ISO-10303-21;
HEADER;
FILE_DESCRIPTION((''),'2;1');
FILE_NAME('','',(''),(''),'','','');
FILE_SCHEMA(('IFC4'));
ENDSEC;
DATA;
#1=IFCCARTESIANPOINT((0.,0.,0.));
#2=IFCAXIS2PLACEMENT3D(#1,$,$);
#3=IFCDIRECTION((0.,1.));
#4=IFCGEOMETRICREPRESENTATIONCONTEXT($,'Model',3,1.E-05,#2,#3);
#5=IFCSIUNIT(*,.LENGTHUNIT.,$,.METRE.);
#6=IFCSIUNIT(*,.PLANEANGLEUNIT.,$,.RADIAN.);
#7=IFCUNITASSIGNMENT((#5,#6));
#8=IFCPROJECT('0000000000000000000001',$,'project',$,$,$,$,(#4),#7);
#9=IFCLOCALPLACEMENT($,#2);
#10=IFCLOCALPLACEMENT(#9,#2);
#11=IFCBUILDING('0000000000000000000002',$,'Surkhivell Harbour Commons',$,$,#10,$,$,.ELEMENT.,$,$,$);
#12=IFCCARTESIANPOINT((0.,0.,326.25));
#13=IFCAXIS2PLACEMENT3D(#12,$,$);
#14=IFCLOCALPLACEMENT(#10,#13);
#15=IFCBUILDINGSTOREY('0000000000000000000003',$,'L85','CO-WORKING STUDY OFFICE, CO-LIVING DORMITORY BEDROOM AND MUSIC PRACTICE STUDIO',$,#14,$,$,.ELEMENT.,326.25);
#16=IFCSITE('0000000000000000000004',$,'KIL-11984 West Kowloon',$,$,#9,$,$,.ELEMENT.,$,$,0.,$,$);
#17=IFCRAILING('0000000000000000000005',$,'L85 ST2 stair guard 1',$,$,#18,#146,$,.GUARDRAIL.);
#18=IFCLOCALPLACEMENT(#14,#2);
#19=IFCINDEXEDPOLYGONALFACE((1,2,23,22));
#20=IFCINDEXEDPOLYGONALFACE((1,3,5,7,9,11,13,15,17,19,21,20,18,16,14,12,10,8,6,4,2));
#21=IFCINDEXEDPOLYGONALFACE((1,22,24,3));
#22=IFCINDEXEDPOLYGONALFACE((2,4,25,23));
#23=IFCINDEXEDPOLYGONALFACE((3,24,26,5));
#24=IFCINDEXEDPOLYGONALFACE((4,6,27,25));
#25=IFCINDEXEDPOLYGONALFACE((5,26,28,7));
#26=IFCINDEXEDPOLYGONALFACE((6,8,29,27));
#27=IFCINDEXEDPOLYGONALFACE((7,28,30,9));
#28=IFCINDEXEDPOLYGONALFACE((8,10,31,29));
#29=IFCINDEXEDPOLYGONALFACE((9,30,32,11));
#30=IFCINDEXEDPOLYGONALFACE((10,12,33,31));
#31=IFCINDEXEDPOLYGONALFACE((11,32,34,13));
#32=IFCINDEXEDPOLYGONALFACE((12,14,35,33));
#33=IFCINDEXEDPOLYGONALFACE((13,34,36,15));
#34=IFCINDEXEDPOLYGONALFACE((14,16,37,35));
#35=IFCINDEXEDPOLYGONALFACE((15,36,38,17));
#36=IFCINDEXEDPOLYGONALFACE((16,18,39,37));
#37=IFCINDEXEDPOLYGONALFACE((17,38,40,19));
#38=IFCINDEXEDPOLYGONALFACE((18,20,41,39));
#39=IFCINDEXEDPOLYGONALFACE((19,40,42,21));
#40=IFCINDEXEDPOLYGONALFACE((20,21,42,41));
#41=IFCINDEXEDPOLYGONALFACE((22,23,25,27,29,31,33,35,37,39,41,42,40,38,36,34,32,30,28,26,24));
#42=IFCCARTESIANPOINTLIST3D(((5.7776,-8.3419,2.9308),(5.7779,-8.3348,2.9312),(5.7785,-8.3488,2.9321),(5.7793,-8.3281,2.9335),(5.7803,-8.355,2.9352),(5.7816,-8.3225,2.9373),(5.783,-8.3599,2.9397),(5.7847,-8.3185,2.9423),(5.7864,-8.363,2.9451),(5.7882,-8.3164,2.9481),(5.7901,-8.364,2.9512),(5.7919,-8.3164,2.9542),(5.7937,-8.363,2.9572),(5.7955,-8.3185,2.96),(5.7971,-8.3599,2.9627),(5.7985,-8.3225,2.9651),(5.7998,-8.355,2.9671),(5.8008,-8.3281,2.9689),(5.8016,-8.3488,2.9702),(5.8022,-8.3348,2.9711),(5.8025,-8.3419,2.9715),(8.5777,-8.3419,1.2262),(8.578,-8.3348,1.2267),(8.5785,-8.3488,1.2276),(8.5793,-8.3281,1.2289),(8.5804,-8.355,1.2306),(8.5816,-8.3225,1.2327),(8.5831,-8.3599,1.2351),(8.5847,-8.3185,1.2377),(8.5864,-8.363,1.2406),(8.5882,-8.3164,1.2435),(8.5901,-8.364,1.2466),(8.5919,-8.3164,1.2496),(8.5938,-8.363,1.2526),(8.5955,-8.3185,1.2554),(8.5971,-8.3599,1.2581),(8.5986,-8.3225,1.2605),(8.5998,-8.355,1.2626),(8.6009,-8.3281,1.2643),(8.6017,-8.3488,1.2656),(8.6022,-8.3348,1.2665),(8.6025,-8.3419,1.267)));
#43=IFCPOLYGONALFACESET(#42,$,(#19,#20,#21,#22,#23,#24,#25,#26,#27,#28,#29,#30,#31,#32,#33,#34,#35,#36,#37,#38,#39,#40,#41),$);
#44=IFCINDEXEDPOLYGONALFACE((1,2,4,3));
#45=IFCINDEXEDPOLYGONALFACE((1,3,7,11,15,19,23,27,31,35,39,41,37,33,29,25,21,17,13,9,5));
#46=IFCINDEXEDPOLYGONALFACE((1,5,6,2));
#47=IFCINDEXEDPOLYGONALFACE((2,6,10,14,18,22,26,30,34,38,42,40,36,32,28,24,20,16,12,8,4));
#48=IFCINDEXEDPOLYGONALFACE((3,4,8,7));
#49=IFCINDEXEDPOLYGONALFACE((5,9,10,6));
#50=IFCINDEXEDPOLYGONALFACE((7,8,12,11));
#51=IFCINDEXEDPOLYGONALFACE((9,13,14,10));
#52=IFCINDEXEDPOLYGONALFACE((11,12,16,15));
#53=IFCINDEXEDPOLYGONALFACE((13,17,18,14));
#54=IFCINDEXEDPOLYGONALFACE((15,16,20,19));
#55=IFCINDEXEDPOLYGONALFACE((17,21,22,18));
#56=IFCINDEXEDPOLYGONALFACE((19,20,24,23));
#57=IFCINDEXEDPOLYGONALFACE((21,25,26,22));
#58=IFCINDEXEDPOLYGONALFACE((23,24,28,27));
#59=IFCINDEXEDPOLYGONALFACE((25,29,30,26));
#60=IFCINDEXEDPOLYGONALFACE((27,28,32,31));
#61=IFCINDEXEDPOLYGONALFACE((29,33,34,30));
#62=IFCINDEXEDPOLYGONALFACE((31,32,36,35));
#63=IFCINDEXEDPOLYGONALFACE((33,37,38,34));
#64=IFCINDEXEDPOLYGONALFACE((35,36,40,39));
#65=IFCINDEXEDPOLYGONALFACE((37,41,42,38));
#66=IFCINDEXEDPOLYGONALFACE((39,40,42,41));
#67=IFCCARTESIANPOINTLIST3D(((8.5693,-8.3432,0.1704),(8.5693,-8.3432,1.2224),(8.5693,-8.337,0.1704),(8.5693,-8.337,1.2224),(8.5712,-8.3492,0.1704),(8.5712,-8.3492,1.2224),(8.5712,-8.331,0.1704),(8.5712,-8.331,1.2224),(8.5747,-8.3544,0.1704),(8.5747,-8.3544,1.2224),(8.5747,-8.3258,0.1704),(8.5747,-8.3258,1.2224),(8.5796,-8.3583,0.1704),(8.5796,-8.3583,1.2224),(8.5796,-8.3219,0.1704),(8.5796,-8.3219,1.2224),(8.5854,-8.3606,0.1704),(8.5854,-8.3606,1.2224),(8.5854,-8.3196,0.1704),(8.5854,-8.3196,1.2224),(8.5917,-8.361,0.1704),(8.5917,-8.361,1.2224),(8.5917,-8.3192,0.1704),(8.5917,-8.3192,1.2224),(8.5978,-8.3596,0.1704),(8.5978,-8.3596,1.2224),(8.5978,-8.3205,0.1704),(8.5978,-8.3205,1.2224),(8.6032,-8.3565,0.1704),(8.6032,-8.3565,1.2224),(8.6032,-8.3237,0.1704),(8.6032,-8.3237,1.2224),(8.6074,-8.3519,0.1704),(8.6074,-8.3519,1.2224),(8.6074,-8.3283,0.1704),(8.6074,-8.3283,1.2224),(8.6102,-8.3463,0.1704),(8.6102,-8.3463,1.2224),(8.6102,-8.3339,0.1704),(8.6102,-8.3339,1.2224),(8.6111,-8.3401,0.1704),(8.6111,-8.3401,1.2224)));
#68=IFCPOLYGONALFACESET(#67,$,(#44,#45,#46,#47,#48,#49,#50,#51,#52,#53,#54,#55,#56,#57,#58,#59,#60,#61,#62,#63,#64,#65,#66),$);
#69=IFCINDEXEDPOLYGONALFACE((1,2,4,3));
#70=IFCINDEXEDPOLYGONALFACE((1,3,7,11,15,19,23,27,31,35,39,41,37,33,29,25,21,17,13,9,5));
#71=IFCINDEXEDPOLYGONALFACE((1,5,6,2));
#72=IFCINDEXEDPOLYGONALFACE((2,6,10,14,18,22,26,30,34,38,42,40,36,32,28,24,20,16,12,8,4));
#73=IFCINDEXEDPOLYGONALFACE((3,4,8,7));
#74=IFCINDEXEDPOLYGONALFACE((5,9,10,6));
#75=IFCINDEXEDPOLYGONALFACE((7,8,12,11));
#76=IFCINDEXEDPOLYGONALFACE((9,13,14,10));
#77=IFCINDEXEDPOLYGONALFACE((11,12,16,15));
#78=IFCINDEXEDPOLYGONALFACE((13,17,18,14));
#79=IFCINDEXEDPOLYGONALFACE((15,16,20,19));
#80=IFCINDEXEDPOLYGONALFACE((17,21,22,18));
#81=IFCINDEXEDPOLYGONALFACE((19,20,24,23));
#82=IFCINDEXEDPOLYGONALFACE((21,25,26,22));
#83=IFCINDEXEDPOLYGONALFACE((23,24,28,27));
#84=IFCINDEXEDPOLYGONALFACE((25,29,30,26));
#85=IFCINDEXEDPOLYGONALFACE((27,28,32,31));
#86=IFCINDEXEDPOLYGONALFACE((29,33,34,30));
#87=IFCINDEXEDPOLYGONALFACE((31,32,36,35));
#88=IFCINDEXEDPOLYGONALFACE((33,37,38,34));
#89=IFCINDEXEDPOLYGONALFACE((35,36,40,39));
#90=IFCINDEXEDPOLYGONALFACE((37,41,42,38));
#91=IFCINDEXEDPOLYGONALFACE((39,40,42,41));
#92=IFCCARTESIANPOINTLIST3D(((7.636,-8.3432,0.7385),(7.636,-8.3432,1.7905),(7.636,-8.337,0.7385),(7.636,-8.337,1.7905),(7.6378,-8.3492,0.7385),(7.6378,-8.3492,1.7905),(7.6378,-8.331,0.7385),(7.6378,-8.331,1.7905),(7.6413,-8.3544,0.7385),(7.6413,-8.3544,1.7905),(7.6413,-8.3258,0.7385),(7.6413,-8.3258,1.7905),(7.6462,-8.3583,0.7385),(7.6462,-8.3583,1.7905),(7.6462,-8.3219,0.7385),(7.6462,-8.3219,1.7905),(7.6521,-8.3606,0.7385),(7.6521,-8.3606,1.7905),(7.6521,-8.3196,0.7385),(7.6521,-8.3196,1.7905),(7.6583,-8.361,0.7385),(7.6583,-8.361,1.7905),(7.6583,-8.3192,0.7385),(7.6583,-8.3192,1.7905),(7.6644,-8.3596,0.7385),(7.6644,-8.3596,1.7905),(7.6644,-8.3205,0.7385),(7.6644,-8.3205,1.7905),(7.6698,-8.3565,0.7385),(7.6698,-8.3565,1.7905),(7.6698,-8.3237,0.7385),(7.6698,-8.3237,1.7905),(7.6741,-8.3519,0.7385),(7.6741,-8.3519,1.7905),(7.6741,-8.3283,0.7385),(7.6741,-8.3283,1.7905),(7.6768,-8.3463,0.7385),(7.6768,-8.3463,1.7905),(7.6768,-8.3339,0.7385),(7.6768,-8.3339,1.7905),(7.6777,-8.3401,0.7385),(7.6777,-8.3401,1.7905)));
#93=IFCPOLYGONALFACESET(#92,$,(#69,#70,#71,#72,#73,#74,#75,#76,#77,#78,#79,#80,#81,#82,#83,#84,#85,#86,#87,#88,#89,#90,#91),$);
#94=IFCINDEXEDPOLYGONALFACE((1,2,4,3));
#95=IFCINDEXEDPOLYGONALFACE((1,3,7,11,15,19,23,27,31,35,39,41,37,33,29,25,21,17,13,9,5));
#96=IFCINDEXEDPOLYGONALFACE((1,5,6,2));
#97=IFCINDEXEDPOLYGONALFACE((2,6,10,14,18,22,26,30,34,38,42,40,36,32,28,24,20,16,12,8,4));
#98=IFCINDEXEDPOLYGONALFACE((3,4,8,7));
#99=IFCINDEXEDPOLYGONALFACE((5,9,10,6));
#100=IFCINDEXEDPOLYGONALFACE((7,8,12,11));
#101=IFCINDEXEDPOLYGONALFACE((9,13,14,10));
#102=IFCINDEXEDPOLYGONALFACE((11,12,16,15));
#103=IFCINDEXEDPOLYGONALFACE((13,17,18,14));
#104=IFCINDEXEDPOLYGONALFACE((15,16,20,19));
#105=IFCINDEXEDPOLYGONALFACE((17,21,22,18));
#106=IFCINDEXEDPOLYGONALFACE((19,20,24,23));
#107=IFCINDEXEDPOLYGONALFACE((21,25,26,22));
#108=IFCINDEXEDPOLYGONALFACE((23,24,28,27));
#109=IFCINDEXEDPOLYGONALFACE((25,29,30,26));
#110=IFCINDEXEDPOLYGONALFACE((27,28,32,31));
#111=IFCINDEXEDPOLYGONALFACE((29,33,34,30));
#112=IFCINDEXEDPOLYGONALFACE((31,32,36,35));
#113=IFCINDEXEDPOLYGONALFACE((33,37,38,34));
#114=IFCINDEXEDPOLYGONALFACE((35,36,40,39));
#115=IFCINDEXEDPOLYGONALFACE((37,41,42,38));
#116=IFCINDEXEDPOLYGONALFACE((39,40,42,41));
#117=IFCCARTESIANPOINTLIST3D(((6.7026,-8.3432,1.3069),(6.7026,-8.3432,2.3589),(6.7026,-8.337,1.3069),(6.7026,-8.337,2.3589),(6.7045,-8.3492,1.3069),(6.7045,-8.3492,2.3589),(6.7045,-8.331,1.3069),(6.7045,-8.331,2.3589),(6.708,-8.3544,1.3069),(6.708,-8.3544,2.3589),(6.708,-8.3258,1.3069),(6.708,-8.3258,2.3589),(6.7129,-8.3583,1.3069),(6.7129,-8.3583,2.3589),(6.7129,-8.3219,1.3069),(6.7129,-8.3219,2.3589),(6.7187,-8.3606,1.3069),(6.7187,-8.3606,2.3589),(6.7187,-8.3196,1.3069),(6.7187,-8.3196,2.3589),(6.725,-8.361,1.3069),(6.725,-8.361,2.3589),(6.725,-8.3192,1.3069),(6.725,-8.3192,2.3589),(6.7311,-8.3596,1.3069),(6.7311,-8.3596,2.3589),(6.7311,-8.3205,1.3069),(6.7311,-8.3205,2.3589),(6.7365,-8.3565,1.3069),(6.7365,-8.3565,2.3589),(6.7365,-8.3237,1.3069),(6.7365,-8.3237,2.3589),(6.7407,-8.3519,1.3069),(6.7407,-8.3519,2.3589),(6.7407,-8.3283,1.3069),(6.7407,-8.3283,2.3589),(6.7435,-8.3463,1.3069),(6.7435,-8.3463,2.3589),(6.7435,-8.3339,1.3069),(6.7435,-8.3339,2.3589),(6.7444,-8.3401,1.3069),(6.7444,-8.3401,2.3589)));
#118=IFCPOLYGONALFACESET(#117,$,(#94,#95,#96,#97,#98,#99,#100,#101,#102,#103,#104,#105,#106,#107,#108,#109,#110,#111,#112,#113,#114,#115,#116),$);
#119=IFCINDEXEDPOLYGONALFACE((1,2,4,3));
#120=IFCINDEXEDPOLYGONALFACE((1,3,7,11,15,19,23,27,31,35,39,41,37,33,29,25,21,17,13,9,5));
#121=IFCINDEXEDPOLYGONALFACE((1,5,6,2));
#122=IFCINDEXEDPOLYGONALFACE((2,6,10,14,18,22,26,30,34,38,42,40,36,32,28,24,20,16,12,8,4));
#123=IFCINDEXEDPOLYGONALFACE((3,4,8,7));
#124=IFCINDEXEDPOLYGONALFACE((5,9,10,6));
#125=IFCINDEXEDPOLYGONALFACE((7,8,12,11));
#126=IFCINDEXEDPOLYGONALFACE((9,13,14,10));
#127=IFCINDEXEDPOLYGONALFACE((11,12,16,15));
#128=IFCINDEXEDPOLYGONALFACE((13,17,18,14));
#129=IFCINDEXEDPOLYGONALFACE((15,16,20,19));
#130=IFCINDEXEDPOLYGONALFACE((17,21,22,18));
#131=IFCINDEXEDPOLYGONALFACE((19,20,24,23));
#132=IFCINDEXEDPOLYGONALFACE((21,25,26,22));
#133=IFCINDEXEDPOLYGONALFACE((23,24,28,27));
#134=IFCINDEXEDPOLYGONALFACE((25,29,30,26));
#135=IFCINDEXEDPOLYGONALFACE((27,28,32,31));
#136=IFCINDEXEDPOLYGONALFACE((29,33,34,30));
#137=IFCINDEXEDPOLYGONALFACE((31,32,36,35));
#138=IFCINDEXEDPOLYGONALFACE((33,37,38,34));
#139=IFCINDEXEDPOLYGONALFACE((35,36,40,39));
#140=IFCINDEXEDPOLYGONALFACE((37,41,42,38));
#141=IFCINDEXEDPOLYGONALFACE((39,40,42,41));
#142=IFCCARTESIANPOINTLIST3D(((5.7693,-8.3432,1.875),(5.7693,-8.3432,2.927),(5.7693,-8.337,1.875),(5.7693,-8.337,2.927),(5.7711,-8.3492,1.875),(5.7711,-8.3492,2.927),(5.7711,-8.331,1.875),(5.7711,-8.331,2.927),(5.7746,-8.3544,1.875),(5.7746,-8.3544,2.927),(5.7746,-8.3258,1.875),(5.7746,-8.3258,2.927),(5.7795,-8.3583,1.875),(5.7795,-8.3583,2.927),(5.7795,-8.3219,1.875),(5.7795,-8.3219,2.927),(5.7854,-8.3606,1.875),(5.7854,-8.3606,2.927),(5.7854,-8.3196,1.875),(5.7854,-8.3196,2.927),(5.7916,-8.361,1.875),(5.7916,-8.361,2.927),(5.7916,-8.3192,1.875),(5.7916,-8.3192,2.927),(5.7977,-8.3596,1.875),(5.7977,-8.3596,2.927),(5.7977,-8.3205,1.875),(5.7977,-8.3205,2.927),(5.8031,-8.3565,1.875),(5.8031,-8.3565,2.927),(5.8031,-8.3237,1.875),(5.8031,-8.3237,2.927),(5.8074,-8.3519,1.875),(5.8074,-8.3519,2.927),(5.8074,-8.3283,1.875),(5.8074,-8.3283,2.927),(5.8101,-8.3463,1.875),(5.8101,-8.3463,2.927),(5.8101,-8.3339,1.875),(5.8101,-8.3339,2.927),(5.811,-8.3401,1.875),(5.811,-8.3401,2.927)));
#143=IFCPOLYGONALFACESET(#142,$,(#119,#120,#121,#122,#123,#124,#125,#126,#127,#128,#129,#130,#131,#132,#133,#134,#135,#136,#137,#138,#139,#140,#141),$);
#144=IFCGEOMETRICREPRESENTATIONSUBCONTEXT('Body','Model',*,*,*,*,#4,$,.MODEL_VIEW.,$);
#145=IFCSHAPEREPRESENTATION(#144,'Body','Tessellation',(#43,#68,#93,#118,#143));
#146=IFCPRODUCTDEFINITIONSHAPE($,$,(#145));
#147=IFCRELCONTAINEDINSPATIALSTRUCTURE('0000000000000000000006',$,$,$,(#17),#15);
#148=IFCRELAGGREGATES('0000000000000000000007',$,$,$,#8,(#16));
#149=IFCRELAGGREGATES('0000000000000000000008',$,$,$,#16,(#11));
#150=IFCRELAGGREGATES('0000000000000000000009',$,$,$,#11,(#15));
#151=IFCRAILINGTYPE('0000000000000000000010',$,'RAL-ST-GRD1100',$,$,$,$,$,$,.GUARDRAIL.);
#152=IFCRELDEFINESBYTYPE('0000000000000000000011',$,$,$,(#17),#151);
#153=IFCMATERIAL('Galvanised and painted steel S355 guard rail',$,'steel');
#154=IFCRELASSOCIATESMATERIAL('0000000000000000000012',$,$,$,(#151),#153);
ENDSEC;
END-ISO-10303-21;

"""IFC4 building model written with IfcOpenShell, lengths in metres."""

from ifc_helpers import new_model, si_unit, direction, frame, origin, origin_2d, place, context, subcontext, project, spatial, circle, extrude, material, type_object, element, save


model = new_model("IFC4")

# Units and contexts
model_context = context("Model", 3, precision=1e-05, world=origin(), true_north=direction((0.0, 1.0)))
body_context = subcontext(model_context, "Body", "Model", "MODEL_VIEW")
ifc_project = project(units=[si_unit("LENGTHUNIT", "METRE"), si_unit("PLANEANGLEUNIT", "RADIAN")], contexts=[model_context])

# Site, building, storey
site_placement = place(None, origin())
site = spatial("IfcSite", under=ifc_project, at=site_placement, Name="KIL-11984 West Kowloon", CompositionType="ELEMENT", RefElevation=0.0)
building_placement = place(site_placement, origin())
building = spatial("IfcBuilding", under=site, at=building_placement, Name="Surkhivell Harbour Commons", CompositionType="ELEMENT")
storey_placement = place(building_placement, frame((0.0, 0.0, 326.25)))
storey = spatial("IfcBuildingStorey", under=building, at=storey_placement, Name="L85", Description="CO-WORKING STUDY OFFICE, CO-LIVING DORMITORY BEDROOM AND MUSIC PRACTICE STUDIO", CompositionType="ELEMENT", Elevation=326.25)

# Railing
ifc_material_1 = material(Name="Galvanised and painted steel S355 guard rail", Category="steel")
railing_type_1 = type_object("IfcRailingType", Name="RAL-ST-GRD1100", PredefinedType="GUARDRAIL", material=ifc_material_1)
railing_1_placement = place(storey_placement, frame((8.5901, -8.3401, 0.1704)))
element("IfcRailing", 1, at=railing_1_placement, inside=storey, type_object=railing_type_1, Name="L85 ST2 stair guard 1", PredefinedType="GUARDRAIL", context=body_context, shape_type="SweptSolid", body=[
    extrude(circle(Radius=0.0239, at=origin_2d()), frame((0.0, 0.0, 1.0762), z_axis=(-0.85417, 0.0, 0.519994), x_axis=(0.0, -1.0, 0.0)), (0.0, 0.0, 1.0), 3.2781),
    extrude(circle(Radius=0.021, at=origin_2d()), origin(), (0.0, 0.0, 1.0), 1.052),
    extrude(circle(Radius=0.021, at=origin_2d()), frame((-0.9333, 0.0, 0.5681)), (0.0, 0.0, 1.0), 1.052),
    extrude(circle(Radius=0.021, at=origin_2d()), frame((-1.8667, 0.0, 1.1365)), (0.0, 0.0, 1.0), 1.052),
    extrude(circle(Radius=0.021, at=origin_2d()), frame((-2.8, 0.0, 1.7046)), (0.0, 0.0, 1.0), 1.052),
])

save(model, "model.ifc")
